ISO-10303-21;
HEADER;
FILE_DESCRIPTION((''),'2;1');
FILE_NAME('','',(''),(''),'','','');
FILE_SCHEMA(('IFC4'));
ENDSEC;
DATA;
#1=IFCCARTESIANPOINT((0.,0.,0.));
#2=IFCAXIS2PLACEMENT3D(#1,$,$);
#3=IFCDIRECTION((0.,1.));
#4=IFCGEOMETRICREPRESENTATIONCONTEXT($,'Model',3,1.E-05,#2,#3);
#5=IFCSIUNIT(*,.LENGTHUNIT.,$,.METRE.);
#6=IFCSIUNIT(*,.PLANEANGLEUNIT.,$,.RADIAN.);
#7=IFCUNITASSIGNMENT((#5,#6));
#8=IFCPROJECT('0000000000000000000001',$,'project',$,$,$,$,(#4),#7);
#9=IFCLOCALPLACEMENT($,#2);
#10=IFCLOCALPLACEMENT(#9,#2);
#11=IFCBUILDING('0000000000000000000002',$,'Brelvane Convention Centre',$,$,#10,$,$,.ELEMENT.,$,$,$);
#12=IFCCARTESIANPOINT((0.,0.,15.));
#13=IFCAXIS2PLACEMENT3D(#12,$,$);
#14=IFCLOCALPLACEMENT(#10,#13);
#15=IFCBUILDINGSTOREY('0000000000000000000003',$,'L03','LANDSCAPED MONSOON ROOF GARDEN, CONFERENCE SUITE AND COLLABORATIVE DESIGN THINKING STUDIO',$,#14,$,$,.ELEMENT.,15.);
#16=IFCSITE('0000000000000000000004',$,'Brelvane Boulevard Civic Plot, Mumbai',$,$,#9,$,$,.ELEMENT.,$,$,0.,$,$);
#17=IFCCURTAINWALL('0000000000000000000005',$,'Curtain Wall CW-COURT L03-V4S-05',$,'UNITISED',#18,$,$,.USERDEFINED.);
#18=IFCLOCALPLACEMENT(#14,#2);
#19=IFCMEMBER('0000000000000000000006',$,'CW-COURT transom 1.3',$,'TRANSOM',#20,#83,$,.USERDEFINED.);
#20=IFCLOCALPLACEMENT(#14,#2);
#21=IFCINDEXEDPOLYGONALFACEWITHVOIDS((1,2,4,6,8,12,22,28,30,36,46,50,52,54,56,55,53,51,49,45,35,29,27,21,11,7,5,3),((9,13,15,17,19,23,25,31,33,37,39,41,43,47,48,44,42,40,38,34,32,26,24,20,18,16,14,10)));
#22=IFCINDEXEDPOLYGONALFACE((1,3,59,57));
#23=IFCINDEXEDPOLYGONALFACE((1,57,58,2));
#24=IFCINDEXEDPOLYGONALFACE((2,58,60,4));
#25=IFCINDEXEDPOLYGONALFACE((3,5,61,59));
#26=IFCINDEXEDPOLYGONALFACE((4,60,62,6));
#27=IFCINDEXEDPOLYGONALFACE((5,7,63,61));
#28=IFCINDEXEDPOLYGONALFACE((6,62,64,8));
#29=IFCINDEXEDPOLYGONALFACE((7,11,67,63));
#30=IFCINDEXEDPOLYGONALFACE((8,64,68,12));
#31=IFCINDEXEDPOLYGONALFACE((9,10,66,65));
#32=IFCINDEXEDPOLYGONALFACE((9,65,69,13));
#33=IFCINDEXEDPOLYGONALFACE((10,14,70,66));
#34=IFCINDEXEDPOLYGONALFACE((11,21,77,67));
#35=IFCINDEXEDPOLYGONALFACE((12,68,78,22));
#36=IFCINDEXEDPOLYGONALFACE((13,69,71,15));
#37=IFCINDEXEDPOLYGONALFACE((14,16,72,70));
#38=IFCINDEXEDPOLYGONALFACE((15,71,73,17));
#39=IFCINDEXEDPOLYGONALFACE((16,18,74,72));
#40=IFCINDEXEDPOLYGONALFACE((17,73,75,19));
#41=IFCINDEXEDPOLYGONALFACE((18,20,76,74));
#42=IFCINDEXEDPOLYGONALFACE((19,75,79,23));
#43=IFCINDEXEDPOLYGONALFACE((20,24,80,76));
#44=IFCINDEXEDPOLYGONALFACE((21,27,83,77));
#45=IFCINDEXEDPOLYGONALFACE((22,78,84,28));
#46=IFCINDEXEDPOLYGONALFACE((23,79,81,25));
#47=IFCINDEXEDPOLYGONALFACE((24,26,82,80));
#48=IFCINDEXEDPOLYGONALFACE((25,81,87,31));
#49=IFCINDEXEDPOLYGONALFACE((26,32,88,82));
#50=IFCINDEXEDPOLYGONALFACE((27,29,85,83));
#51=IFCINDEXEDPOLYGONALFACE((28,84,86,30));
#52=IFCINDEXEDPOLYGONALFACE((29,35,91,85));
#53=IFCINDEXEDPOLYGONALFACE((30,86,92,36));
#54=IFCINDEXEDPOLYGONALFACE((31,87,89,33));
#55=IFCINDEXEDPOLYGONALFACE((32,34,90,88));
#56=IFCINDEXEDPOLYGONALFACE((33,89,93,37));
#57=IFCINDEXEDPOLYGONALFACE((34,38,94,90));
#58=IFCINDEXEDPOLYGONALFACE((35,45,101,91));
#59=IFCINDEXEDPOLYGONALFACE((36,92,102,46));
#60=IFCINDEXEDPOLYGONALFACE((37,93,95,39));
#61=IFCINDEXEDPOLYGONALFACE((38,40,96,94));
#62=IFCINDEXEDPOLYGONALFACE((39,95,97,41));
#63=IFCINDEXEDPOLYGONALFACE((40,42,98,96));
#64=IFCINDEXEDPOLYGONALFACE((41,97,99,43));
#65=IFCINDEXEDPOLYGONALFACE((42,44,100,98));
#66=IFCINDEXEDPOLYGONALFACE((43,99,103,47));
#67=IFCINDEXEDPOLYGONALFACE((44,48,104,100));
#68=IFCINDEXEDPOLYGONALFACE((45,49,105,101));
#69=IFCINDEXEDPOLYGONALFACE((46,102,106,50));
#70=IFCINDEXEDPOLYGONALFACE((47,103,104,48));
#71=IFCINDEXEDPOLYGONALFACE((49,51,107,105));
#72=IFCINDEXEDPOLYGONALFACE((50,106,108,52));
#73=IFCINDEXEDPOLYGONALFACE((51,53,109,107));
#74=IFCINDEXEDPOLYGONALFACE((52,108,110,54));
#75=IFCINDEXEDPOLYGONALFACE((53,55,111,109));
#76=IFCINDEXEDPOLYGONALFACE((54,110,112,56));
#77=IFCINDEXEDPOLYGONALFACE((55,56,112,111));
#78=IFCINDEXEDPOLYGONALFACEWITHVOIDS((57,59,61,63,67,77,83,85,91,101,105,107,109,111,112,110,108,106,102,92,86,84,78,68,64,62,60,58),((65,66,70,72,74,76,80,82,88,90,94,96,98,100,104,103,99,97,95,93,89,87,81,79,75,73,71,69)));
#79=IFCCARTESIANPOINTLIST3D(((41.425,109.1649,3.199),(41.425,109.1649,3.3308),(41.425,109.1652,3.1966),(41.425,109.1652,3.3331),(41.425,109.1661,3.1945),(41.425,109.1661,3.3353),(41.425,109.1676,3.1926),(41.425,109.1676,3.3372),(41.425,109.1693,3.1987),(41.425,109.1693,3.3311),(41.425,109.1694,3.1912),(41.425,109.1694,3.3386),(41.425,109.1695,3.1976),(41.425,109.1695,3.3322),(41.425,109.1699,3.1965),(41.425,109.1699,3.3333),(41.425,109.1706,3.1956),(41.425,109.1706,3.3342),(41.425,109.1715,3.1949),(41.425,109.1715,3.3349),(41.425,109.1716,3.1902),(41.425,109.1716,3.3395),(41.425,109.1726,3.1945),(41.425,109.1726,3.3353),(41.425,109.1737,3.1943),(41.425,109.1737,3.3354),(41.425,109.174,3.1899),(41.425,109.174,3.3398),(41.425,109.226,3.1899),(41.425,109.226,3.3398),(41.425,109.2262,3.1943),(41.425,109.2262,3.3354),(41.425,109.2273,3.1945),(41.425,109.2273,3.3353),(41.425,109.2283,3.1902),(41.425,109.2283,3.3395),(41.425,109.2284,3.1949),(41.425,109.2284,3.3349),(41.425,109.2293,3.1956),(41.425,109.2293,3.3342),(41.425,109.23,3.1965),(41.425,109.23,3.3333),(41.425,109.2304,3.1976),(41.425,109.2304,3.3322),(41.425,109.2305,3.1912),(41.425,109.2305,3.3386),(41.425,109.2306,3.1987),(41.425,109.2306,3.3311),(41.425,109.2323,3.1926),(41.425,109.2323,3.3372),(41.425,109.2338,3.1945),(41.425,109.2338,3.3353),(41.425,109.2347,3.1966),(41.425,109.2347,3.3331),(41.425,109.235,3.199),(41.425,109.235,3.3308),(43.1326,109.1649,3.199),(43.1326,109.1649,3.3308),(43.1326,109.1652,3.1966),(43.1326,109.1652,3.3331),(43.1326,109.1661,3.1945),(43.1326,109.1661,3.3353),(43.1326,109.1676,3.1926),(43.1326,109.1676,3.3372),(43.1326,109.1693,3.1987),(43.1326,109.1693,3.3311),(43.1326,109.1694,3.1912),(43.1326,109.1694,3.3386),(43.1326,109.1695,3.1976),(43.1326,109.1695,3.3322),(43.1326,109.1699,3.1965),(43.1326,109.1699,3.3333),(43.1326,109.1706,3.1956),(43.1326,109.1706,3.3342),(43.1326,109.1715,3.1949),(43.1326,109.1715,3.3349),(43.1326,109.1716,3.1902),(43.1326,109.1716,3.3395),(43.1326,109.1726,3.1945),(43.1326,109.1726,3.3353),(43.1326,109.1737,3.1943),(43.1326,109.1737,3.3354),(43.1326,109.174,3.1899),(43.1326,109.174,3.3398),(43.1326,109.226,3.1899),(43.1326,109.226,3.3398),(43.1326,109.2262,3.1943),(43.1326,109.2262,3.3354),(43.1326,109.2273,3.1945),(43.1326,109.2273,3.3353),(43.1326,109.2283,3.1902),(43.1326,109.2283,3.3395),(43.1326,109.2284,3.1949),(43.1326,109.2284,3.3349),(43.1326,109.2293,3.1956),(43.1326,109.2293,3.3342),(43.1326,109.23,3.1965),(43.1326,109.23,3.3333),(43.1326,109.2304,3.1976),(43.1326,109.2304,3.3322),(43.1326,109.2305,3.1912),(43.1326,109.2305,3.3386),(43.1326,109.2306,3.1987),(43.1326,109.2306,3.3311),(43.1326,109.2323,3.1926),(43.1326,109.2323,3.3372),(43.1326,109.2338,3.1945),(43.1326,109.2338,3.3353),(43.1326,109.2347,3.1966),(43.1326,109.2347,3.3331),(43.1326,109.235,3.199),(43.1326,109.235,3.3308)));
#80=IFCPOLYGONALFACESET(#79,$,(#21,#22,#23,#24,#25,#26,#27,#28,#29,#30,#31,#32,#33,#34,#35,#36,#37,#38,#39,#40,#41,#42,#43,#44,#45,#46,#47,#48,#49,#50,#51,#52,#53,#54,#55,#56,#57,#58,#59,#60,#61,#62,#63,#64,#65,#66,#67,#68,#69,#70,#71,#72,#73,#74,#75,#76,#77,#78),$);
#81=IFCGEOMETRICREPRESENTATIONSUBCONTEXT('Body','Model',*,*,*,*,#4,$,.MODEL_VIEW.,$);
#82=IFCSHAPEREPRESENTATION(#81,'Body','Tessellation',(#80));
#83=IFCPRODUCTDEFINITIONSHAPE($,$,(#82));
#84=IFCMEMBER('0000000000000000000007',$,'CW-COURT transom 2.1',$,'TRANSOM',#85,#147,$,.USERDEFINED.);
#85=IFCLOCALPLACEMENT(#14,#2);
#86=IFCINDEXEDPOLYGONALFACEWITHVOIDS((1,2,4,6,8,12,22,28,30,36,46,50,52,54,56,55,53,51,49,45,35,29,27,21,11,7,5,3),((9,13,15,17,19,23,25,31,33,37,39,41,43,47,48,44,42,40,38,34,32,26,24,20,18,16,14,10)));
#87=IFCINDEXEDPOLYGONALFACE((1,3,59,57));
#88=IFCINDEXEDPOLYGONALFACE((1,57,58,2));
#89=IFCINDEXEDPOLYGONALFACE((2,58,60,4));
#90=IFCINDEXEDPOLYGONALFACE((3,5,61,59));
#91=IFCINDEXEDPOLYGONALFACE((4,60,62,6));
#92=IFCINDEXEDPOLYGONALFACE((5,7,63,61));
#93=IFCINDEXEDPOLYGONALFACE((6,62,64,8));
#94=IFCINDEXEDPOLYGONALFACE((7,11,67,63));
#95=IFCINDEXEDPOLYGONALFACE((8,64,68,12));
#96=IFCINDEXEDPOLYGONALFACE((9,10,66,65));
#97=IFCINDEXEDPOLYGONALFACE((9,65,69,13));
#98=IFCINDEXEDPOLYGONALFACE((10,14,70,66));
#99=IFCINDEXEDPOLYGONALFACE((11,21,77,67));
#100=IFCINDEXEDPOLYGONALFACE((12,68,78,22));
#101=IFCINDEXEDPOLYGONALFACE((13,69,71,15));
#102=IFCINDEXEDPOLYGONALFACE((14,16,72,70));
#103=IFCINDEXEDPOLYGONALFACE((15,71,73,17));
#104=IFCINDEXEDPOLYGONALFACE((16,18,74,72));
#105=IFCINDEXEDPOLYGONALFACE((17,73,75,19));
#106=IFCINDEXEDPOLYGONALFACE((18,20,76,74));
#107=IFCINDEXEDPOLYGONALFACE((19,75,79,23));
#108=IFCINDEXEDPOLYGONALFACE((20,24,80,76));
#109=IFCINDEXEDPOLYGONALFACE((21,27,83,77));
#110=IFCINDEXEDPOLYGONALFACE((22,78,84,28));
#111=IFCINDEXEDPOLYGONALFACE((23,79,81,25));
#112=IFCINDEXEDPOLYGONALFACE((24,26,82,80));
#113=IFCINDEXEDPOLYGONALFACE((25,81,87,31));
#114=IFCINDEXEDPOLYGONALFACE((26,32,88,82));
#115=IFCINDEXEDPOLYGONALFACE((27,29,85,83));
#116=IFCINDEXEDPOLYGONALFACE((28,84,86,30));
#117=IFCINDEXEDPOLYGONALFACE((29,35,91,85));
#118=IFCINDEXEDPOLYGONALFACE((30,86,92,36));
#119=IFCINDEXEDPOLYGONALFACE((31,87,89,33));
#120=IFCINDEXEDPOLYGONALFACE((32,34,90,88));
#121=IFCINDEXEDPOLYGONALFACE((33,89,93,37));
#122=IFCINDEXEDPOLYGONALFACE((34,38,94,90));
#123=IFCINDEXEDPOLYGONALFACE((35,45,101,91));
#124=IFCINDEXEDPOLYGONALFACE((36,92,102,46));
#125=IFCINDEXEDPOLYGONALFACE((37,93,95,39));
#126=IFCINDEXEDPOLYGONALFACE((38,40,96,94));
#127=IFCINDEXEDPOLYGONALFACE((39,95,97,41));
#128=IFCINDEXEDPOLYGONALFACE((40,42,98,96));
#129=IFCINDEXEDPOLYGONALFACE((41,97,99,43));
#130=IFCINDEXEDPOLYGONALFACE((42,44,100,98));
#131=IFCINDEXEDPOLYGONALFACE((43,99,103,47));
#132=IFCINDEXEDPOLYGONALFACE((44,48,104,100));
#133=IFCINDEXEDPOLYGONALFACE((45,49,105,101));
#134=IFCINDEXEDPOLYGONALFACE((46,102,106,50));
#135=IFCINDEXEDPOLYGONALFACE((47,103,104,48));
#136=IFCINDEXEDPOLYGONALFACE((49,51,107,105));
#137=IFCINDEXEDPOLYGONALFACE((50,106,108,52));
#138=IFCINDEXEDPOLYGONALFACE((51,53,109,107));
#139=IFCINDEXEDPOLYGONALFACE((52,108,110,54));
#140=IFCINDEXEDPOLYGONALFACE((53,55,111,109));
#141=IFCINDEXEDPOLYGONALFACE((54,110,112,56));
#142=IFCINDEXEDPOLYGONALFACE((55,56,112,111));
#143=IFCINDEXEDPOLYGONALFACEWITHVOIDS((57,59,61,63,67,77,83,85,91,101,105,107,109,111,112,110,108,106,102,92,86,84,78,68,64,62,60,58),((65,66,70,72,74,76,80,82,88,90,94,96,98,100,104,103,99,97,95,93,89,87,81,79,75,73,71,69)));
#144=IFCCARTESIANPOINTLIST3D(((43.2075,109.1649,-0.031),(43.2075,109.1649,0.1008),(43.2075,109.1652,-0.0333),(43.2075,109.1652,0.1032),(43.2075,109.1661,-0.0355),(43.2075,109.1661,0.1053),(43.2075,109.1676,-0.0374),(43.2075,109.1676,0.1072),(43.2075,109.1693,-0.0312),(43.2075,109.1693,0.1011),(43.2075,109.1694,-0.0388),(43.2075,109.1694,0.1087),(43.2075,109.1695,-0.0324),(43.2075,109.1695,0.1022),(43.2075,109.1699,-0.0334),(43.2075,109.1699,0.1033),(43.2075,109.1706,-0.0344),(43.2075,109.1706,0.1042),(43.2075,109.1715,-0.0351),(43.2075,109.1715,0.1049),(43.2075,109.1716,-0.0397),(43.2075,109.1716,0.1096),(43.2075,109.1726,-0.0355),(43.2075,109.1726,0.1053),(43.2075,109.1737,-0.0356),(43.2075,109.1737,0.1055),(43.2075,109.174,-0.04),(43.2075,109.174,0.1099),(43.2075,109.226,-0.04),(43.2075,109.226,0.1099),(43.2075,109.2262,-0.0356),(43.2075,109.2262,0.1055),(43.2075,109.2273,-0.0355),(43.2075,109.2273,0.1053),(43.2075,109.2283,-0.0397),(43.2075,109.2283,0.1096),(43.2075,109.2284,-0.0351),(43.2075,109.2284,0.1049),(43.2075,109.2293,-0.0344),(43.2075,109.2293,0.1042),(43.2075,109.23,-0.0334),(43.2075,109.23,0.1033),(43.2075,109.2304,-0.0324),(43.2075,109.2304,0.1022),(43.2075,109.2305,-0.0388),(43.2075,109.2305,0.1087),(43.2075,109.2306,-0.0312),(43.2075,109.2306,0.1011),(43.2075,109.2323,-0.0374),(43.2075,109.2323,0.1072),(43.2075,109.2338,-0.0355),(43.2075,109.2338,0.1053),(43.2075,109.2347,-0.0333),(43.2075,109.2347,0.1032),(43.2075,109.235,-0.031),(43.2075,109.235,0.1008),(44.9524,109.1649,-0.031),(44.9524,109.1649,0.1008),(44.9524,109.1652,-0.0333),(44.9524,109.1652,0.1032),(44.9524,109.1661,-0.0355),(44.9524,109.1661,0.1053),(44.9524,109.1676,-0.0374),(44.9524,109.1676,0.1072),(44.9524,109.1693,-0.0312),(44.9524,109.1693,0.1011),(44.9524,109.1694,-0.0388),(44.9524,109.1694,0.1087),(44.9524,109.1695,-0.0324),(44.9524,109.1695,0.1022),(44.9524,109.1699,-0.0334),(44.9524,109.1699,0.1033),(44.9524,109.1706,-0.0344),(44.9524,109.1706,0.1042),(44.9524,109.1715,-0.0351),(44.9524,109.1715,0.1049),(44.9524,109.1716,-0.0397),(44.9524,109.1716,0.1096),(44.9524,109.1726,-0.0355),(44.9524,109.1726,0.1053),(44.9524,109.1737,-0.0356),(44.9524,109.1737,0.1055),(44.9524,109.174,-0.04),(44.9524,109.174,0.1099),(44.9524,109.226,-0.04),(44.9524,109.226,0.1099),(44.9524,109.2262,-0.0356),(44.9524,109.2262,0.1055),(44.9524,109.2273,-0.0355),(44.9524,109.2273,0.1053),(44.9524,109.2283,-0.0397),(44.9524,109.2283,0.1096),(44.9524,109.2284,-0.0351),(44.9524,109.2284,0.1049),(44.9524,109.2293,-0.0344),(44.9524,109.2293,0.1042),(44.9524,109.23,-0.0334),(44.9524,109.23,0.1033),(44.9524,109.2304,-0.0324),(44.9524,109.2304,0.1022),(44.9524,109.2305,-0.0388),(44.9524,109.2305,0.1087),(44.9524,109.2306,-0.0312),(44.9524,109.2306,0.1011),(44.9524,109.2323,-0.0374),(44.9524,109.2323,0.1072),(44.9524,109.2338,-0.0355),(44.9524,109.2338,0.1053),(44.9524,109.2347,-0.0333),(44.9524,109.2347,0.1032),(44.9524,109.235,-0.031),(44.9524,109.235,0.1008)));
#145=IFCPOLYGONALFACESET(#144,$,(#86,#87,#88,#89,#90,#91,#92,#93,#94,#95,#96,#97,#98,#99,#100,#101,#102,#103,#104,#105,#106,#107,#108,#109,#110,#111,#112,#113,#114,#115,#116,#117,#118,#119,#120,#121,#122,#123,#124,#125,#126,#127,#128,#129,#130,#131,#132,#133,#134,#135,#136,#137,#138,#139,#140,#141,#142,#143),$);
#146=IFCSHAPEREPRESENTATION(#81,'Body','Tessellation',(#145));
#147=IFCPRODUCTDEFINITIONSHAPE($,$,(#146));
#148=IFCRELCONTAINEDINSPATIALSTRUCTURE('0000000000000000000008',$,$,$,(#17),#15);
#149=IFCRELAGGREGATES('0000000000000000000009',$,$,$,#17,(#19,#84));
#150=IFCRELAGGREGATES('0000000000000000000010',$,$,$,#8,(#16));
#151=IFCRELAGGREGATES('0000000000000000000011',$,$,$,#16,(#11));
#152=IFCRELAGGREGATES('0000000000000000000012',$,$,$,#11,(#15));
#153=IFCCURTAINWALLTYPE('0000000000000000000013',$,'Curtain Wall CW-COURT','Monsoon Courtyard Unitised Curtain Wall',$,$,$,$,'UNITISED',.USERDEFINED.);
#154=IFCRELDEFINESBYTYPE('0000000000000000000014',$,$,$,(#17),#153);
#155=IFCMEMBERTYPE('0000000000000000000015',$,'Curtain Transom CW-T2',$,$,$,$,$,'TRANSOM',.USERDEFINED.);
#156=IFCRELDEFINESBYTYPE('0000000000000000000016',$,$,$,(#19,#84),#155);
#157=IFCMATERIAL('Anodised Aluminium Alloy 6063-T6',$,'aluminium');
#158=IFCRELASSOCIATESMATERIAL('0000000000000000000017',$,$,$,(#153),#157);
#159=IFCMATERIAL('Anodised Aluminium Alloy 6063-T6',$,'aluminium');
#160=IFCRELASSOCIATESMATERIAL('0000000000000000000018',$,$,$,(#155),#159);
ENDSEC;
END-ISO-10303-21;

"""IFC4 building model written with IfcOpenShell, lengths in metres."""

from ifc_helpers import new_model, si_unit, direction, frame, origin, origin_2d, place, context, subcontext, project, spatial, hollow_rectangle, extrude, material, material_profile, profile_set, type_object, element, aggregate, save


model = new_model("IFC4")

# Units and contexts
model_context = context("Model", 3, precision=1e-05, world=origin(), true_north=direction((0.0, 1.0)))
body_context = subcontext(model_context, "Body", "Model", "MODEL_VIEW")
ifc_project = project(units=[si_unit("LENGTHUNIT", "METRE"), si_unit("PLANEANGLEUNIT", "RADIAN")], contexts=[model_context])

# Site, building, storey
site_placement = place(None, origin())
site = spatial("IfcSite", under=ifc_project, at=site_placement, Name="Brelvane Boulevard Civic Plot, Mumbai", CompositionType="ELEMENT", RefElevation=0.0)
building_placement = place(site_placement, origin())
building = spatial("IfcBuilding", under=site, at=building_placement, Name="Brelvane Convention Centre", CompositionType="ELEMENT")
storey_placement = place(building_placement, frame((0.0, 0.0, 15.0)))
storey = spatial("IfcBuildingStorey", under=building, at=storey_placement, Name="L03", Description="LANDSCAPED MONSOON ROOF GARDEN, CONFERENCE SUITE AND COLLABORATIVE DESIGN THINKING STUDIO", CompositionType="ELEMENT", Elevation=15.0)

# Curtain wall, members
ifc_material_1 = material(Name="Anodised Aluminium Alloy 6063-T6", Category="aluminium")
curtain_wall_type = type_object("IfcCurtainWallType", Name="Curtain Wall CW-COURT", Description="Monsoon Courtyard Unitised Curtain Wall", ElementType="UNITISED", PredefinedType="USERDEFINED", material=ifc_material_1)
curtain_wall_placement = place(storey_placement, origin())
curtain_wall = element("IfcCurtainWall", 1, at=curtain_wall_placement, inside=storey, type_object=curtain_wall_type, Name="Curtain Wall CW-COURT L03-V4S-05", ObjectType="UNITISED", PredefinedType="USERDEFINED")
ifc_material_2 = material(Name="Anodised Aluminium Alloy 6063-T6", Category="aluminium")
ifc_material_profile_1 = material_profile(ifc_material_2, hollow_rectangle(XDim=0.0701, YDim=0.1499, WallThickness=0.0044, InnerFilletRadius=0.0044, OuterFilletRadius=0.009, at=origin_2d()), Name="ALU-T 150x70x4.5")
ifc_profile_set_1 = profile_set([ifc_material_profile_1], Name="Anodised Aluminium Alloy 6063-T6")
member_type_1 = type_object("IfcMemberType", Name="Curtain Transom CW-T2", ElementType="TRANSOM", PredefinedType="USERDEFINED", material=ifc_profile_set_1)
member_1_placement = place(storey_placement, frame((41.425, 109.2, 3.2649), z_axis=(1.0, 0.0, 0.0), x_axis=(0.0, 1.0, 0.0)))
member_1 = element("IfcMember", 2, at=member_1_placement, type_object=member_type_1, Name="CW-COURT transom 1.3", ObjectType="TRANSOM", PredefinedType="USERDEFINED", context=body_context, shape_type="SweptSolid", body=[
    extrude(hollow_rectangle(XDim=0.0701, YDim=0.1499, WallThickness=0.0044, InnerFilletRadius=0.0044, OuterFilletRadius=0.009, at=origin_2d()), origin(), (0.0, 0.0, 1.0), 1.7075),
])
member_2_placement = place(storey_placement, frame((43.2075, 109.2, 0.0349), z_axis=(1.0, 0.0, 0.0), x_axis=(0.0, 1.0, 0.0)))
member_2 = element("IfcMember", 3, at=member_2_placement, type_object=member_type_1, Name="CW-COURT transom 2.1", ObjectType="TRANSOM", PredefinedType="USERDEFINED", context=body_context, shape_type="SweptSolid", body=[
    extrude(hollow_rectangle(XDim=0.0701, YDim=0.1499, WallThickness=0.0044, InnerFilletRadius=0.0044, OuterFilletRadius=0.009, at=origin_2d()), origin(), (0.0, 0.0, 1.0), 1.7449),
])

aggregate(curtain_wall, [member_1, member_2])

save(model, "model.ifc")
